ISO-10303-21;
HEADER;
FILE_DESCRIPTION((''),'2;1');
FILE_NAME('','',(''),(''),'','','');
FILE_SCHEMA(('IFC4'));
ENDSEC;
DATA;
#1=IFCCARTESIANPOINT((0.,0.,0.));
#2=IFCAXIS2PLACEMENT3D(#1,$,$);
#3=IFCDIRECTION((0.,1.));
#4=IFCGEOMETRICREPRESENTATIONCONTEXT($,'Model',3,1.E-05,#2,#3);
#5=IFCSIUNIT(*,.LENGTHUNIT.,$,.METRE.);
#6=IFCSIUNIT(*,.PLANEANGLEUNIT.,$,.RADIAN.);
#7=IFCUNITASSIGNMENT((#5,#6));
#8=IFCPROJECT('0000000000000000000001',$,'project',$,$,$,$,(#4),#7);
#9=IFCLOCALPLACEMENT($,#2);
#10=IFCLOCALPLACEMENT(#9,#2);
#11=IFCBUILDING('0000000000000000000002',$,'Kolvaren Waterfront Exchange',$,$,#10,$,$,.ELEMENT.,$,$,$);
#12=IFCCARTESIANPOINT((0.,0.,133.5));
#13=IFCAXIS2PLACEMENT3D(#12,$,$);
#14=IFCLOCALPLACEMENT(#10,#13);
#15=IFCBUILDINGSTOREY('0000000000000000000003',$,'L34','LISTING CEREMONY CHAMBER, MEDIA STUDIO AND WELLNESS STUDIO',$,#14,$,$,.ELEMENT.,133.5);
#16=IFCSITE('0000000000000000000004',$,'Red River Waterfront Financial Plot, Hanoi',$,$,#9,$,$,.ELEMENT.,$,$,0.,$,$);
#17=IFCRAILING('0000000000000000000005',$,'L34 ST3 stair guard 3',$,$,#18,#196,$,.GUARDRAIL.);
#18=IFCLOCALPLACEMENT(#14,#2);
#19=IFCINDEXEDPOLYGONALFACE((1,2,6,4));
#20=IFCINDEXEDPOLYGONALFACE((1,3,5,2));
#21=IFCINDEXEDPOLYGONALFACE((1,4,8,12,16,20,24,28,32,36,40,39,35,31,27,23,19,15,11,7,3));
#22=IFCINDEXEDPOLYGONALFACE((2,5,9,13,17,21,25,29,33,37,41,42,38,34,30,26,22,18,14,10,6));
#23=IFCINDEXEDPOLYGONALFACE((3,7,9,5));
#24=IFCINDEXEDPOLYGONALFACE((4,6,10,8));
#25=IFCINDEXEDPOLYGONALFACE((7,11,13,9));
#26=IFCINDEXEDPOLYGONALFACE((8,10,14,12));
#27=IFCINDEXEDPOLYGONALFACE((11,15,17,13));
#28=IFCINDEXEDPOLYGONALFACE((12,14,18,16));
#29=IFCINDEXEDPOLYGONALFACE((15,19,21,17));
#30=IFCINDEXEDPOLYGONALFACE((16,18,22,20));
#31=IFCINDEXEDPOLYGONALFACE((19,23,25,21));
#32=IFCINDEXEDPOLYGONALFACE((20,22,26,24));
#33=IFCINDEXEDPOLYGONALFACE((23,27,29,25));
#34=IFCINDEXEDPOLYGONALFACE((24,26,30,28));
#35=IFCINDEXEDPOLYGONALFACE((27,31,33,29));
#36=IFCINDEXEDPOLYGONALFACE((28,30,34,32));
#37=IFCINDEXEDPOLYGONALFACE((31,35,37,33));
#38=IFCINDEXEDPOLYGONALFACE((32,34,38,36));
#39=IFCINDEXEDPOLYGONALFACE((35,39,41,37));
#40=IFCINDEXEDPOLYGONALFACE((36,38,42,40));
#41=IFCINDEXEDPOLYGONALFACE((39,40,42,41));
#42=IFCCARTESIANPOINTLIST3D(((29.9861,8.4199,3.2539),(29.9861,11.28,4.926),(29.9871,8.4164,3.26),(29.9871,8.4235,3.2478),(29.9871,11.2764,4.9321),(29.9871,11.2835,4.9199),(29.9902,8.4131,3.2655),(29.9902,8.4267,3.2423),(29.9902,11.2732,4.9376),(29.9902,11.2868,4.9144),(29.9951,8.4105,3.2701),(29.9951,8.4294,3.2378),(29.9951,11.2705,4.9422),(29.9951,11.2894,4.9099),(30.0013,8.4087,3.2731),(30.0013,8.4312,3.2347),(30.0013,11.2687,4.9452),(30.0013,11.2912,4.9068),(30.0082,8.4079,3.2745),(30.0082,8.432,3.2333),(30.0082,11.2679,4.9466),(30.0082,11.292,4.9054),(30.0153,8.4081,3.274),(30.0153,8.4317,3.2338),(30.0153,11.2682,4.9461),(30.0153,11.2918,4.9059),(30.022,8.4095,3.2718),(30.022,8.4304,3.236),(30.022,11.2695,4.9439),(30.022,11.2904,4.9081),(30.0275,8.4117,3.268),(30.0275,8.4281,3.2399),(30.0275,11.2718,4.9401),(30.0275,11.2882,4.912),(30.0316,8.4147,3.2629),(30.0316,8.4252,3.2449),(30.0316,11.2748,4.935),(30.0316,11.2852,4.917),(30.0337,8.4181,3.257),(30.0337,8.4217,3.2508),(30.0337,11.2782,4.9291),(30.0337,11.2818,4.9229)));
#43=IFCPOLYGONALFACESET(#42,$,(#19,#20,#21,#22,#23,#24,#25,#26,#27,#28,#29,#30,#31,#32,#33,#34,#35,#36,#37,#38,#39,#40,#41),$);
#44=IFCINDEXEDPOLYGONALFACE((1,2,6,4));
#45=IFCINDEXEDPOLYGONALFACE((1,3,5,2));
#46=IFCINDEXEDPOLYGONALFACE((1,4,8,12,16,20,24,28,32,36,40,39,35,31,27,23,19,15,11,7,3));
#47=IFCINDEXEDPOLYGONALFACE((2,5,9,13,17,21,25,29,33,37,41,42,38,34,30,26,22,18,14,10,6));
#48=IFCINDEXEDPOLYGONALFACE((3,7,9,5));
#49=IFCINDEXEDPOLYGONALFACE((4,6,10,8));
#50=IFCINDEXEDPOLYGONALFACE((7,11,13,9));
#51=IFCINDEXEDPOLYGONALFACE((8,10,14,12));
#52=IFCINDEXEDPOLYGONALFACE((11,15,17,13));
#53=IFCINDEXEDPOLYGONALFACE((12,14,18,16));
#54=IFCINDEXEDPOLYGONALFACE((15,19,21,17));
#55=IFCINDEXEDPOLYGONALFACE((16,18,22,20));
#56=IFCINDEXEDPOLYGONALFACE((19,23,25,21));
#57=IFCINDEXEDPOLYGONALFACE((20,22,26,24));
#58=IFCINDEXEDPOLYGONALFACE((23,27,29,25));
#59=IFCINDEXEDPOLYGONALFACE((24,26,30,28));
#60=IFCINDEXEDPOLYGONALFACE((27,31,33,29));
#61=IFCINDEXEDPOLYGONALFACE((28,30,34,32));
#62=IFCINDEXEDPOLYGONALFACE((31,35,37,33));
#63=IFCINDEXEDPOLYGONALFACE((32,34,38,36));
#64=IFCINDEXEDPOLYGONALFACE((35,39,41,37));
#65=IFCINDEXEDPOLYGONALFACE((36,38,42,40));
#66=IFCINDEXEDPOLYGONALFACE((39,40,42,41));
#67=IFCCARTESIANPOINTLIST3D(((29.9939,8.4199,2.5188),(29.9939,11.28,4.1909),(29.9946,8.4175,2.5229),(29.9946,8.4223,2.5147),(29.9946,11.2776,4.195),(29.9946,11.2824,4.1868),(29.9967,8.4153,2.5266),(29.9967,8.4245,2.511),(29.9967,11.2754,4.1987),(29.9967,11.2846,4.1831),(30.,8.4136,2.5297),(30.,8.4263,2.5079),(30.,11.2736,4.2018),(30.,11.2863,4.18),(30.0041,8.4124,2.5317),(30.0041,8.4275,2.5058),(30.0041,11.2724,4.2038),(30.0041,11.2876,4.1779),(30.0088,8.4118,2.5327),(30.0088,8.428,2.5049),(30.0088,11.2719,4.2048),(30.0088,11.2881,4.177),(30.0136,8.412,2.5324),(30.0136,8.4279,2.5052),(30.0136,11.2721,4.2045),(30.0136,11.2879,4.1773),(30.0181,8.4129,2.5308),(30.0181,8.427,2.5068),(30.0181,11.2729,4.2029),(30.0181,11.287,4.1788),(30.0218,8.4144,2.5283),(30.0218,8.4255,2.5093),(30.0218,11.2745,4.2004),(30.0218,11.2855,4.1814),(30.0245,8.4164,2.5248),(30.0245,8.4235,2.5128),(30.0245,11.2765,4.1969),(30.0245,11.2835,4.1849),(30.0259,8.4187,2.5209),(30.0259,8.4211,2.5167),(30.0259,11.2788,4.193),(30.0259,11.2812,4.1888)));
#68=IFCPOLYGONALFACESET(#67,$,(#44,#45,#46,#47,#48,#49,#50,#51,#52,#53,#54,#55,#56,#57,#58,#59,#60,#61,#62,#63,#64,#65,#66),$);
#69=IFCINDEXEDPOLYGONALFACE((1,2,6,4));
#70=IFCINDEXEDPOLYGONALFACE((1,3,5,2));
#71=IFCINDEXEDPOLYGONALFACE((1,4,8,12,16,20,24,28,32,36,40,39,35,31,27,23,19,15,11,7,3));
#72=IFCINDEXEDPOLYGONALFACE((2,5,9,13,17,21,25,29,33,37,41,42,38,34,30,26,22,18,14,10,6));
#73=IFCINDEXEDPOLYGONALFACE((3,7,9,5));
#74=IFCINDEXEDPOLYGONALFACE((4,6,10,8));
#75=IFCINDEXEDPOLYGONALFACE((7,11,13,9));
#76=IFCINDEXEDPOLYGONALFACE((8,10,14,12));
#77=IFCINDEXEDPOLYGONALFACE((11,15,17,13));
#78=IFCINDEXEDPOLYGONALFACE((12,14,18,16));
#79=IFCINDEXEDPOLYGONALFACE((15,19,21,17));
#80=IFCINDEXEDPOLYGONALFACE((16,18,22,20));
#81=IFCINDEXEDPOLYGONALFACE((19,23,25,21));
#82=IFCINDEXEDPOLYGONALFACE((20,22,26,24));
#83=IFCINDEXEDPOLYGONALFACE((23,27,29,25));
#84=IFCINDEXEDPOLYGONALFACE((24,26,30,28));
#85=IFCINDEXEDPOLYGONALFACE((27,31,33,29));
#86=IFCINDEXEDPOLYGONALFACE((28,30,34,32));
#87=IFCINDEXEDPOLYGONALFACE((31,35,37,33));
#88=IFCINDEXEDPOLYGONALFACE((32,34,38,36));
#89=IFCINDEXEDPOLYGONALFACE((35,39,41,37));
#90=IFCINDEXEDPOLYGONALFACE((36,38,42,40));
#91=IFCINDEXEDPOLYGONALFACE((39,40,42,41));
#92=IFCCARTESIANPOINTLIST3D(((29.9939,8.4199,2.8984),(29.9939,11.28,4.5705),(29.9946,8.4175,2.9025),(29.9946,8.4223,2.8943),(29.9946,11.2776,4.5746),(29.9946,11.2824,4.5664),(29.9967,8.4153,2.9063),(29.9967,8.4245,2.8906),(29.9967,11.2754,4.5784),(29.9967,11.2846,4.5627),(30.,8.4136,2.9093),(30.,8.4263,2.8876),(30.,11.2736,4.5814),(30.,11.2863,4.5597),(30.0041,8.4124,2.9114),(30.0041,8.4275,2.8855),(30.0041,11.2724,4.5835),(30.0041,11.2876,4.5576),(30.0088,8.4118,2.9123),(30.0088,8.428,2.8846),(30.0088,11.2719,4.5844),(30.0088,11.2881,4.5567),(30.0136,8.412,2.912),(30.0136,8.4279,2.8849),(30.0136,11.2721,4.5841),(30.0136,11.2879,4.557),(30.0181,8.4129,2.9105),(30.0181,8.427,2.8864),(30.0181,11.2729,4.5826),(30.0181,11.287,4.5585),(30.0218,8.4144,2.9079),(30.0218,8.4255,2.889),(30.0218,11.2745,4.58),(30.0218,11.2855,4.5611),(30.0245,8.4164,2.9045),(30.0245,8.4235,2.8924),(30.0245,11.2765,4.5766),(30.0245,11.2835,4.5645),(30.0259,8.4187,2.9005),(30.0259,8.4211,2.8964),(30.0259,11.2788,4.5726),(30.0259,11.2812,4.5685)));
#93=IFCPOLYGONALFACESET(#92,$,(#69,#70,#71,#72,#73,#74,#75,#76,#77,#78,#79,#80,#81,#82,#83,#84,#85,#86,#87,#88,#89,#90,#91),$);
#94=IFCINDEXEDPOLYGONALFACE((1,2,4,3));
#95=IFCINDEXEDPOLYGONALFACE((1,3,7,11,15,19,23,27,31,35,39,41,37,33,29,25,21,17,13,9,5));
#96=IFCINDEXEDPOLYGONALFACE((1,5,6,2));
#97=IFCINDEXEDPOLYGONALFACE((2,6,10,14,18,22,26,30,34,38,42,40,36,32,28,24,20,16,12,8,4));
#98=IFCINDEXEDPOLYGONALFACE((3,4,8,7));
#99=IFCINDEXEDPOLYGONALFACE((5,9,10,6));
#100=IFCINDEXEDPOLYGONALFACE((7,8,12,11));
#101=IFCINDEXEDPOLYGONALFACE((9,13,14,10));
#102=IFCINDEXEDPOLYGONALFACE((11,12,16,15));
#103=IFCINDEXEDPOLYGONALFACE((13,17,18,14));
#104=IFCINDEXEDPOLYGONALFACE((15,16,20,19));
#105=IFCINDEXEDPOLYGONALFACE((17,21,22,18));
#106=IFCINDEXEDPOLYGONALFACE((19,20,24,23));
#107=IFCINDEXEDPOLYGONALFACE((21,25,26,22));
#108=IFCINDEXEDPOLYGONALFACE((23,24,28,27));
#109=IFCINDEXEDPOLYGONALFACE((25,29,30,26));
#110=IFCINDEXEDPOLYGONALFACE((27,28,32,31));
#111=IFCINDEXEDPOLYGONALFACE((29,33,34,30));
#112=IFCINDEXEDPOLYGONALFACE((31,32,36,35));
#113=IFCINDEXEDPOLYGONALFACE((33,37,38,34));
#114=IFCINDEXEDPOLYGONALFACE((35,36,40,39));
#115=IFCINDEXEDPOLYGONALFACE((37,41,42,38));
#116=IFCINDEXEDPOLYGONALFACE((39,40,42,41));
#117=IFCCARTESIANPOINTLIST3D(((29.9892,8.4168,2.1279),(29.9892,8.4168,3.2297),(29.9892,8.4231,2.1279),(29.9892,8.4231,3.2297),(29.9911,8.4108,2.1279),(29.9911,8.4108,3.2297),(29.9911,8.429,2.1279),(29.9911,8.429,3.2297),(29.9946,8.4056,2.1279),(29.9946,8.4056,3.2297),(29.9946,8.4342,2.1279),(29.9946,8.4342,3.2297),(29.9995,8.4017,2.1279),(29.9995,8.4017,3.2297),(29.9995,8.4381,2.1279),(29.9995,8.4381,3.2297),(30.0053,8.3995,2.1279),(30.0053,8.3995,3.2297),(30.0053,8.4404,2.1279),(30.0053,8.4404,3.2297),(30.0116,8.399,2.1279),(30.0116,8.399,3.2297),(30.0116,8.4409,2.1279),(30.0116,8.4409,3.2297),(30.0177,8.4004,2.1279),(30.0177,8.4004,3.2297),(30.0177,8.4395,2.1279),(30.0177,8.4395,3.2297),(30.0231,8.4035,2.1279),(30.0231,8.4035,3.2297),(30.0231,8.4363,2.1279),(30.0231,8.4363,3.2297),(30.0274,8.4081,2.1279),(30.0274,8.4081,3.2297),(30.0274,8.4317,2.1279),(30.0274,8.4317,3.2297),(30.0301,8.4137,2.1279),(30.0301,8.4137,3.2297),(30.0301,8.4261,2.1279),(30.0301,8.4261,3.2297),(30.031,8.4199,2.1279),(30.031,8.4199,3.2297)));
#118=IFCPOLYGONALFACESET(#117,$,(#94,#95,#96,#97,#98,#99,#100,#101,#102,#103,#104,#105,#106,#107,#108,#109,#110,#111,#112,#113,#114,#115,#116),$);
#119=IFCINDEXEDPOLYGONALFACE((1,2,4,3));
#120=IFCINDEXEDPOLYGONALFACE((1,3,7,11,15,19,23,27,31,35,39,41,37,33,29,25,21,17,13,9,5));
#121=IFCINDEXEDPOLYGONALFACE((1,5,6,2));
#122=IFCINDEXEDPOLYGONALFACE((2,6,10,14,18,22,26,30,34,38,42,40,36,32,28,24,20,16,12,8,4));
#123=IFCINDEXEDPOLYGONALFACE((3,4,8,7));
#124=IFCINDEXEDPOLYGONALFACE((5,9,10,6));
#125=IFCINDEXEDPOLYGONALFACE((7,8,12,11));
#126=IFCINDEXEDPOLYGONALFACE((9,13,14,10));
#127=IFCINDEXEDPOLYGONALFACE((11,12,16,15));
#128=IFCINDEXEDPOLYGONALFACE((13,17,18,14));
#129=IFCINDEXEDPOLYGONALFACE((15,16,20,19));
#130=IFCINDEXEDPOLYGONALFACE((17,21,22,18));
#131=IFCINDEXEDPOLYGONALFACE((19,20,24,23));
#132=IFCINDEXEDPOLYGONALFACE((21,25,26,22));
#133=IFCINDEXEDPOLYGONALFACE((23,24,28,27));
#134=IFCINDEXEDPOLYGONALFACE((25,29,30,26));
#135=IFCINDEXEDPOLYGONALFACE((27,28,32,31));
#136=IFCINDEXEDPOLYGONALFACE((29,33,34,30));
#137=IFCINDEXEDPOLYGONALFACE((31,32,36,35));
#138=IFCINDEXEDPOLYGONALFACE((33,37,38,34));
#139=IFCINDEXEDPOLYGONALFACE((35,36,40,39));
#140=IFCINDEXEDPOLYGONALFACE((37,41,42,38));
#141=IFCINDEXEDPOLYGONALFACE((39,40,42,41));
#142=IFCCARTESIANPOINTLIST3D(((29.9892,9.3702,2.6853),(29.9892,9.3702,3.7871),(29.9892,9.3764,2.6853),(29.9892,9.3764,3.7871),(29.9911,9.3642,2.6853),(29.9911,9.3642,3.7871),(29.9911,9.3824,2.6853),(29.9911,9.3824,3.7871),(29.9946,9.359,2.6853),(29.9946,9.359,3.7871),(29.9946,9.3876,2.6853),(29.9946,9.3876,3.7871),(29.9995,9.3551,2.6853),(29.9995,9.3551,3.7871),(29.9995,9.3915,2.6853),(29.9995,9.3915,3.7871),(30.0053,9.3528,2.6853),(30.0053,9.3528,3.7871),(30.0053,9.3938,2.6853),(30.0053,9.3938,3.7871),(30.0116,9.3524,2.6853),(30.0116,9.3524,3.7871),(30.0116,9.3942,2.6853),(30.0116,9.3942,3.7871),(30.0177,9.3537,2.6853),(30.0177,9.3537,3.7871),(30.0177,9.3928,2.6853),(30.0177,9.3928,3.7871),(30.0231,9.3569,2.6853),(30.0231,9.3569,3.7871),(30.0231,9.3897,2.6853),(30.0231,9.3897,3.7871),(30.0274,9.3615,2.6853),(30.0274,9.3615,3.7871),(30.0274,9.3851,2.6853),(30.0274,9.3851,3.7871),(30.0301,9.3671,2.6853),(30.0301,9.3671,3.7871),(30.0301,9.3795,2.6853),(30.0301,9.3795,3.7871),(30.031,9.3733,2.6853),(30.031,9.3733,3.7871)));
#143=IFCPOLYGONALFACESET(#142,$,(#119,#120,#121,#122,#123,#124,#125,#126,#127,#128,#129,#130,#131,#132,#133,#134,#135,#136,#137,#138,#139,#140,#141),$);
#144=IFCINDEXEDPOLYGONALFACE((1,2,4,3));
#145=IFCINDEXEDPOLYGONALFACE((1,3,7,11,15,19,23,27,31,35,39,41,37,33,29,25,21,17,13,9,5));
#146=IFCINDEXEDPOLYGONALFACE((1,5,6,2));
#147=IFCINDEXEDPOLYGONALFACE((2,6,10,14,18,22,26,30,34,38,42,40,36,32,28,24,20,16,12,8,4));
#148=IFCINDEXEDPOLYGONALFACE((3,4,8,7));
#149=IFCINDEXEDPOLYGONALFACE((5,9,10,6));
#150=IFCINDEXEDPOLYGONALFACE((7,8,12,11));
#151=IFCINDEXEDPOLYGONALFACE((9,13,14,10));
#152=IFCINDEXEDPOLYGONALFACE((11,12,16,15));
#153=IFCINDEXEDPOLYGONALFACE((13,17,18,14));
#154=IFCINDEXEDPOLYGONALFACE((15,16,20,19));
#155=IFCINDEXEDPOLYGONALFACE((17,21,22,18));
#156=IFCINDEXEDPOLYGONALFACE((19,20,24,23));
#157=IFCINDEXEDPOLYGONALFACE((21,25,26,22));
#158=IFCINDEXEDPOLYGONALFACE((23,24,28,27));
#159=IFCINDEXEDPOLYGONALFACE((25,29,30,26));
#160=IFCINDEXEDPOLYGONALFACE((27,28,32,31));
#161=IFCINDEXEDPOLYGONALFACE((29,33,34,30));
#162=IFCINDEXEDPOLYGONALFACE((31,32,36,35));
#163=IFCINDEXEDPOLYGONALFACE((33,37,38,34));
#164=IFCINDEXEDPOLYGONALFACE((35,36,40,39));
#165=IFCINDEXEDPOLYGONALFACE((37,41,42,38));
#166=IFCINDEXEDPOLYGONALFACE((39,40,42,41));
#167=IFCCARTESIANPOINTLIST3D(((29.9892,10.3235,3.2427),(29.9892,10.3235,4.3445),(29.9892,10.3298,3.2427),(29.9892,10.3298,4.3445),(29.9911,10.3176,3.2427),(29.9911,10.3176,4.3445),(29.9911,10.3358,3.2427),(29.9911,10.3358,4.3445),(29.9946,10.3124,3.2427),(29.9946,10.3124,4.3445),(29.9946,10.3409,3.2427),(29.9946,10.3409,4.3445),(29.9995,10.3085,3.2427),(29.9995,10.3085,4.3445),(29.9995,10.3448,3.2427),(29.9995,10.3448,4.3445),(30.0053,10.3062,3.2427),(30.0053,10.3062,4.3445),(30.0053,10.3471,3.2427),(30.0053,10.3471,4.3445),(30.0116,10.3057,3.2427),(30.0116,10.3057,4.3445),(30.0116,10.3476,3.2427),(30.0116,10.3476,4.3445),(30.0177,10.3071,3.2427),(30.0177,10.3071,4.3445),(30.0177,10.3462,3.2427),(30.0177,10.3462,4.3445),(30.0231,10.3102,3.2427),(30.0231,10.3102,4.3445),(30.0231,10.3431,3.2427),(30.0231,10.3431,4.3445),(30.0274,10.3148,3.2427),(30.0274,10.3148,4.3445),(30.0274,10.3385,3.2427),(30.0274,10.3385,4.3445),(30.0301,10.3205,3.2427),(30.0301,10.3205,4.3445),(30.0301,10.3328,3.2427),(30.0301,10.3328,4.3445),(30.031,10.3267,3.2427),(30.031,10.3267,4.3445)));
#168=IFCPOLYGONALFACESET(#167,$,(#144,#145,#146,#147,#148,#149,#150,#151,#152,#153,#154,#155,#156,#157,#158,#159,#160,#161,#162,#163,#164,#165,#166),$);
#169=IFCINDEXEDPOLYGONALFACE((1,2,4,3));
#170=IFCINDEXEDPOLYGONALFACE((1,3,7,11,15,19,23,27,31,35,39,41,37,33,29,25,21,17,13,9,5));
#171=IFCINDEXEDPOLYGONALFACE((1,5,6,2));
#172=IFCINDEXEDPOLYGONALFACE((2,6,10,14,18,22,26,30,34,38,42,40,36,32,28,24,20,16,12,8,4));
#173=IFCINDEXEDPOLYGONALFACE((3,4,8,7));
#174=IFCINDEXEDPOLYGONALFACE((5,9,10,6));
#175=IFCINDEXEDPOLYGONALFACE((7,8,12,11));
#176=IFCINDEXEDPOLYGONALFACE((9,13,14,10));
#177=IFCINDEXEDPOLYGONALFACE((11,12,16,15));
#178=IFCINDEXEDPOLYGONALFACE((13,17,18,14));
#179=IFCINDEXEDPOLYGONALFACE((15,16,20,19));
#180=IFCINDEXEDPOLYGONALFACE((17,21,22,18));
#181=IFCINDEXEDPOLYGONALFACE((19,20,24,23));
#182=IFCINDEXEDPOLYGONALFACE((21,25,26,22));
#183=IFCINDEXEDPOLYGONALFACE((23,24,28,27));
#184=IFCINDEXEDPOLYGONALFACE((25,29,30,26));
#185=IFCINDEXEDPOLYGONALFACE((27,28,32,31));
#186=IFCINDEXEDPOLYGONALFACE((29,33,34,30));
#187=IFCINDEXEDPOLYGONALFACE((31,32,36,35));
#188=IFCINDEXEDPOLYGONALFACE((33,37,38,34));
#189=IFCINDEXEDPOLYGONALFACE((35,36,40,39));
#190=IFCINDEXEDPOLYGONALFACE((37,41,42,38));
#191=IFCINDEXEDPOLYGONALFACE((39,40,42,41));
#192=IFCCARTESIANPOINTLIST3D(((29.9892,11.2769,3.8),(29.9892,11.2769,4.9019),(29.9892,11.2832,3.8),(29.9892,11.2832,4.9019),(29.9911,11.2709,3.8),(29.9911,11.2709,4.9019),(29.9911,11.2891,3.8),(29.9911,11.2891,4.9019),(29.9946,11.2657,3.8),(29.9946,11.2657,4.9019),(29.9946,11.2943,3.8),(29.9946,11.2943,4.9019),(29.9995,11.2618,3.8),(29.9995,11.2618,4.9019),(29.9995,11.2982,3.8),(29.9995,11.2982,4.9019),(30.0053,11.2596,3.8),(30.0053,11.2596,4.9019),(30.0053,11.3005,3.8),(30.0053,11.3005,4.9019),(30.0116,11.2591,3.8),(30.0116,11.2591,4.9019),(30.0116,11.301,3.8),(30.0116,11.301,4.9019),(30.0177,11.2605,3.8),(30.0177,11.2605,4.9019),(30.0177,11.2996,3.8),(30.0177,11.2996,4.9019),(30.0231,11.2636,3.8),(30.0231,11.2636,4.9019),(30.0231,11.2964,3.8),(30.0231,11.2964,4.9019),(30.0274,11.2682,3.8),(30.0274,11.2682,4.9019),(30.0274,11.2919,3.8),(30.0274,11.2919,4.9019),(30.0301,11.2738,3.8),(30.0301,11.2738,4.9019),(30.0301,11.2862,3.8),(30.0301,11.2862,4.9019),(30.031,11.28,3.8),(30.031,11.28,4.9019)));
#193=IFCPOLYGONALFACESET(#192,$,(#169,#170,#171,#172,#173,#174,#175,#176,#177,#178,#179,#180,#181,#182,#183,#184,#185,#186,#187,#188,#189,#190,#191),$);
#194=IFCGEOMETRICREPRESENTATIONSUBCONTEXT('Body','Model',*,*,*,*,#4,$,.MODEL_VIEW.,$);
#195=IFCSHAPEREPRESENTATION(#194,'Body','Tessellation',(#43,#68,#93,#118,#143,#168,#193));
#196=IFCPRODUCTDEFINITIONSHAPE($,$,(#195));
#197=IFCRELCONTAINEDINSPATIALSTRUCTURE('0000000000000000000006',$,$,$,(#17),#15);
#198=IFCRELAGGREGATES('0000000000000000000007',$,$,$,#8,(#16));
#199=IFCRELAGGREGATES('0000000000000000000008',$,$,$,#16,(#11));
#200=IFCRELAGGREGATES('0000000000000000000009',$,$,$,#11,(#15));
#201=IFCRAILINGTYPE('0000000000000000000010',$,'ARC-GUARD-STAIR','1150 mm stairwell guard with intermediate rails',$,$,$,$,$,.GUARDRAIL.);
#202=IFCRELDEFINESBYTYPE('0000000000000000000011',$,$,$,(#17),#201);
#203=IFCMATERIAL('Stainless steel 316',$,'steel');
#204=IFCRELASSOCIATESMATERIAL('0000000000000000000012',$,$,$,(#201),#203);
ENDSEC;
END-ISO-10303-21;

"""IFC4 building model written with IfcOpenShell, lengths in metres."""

from ifc_helpers import new_model, si_unit, direction, frame, origin, origin_2d, place, context, subcontext, project, spatial, circle, extrude, material, type_object, element, save


model = new_model("IFC4")

# Units and contexts
model_context = context("Model", 3, precision=1e-05, world=origin(), true_north=direction((0.0, 1.0)))
body_context = subcontext(model_context, "Body", "Model", "MODEL_VIEW")
ifc_project = project(units=[si_unit("LENGTHUNIT", "METRE"), si_unit("PLANEANGLEUNIT", "RADIAN")], contexts=[model_context])

# Site, building, storey
site_placement = place(None, origin())
site = spatial("IfcSite", under=ifc_project, at=site_placement, Name="Red River Waterfront Financial Plot, Hanoi", CompositionType="ELEMENT", RefElevation=0.0)
building_placement = place(site_placement, origin())
building = spatial("IfcBuilding", under=site, at=building_placement, Name="Kolvaren Waterfront Exchange", CompositionType="ELEMENT")
storey_placement = place(building_placement, frame((0.0, 0.0, 133.5)))
storey = spatial("IfcBuildingStorey", under=building, at=storey_placement, Name="L34", Description="LISTING CEREMONY CHAMBER, MEDIA STUDIO AND WELLNESS STUDIO", CompositionType="ELEMENT", Elevation=133.5)

# Railing
ifc_material_1 = material(Name="Stainless steel 316", Category="steel")
railing_type_1 = type_object("IfcRailingType", Name="ARC-GUARD-STAIR", Description="1150 mm stairwell guard with intermediate rails", PredefinedType="GUARDRAIL", material=ifc_material_1)
railing_1_placement = place(storey_placement, frame((30.01, 8.4199, 2.1279)))
element("IfcRailing", 1, at=railing_1_placement, inside=storey, type_object=railing_type_1, Name="L34 ST3 stair guard 3", PredefinedType="GUARDRAIL", context=body_context, shape_type="SweptSolid", body=[
    extrude(circle(Radius=0.0239, at=origin_2d()), frame((0.0, 0.0, 1.126), z_axis=(0.0, 0.863289, 0.504709), x_axis=(-1.0, 0.0, 0.0)), (0.0, 0.0, 1.0), 3.313),
    extrude(circle(Radius=0.0161, at=origin_2d()), frame((0.0, 0.0, 0.3909), z_axis=(0.0, 0.863289, 0.504709), x_axis=(-1.0, 0.0, 0.0)), (0.0, 0.0, 1.0), 3.313),
    extrude(circle(Radius=0.0161, at=origin_2d()), frame((0.0, 0.0, 0.7705), z_axis=(0.0, 0.863289, 0.504709), x_axis=(-1.0, 0.0, 0.0)), (0.0, 0.0, 1.0), 3.313),
    extrude(circle(Radius=0.021, at=origin_2d()), origin(), (0.0, 0.0, 1.0), 1.1018),
    extrude(circle(Radius=0.021, at=origin_2d()), frame((0.0, 0.9534, 0.5574)), (0.0, 0.0, 1.0), 1.1018),
    extrude(circle(Radius=0.021, at=origin_2d()), frame((0.0, 1.9067, 1.1147)), (0.0, 0.0, 1.0), 1.1018),
    extrude(circle(Radius=0.021, at=origin_2d()), frame((0.0, 2.8601, 1.6721)), (0.0, 0.0, 1.0), 1.1018),
])

save(model, "model.ifc")
